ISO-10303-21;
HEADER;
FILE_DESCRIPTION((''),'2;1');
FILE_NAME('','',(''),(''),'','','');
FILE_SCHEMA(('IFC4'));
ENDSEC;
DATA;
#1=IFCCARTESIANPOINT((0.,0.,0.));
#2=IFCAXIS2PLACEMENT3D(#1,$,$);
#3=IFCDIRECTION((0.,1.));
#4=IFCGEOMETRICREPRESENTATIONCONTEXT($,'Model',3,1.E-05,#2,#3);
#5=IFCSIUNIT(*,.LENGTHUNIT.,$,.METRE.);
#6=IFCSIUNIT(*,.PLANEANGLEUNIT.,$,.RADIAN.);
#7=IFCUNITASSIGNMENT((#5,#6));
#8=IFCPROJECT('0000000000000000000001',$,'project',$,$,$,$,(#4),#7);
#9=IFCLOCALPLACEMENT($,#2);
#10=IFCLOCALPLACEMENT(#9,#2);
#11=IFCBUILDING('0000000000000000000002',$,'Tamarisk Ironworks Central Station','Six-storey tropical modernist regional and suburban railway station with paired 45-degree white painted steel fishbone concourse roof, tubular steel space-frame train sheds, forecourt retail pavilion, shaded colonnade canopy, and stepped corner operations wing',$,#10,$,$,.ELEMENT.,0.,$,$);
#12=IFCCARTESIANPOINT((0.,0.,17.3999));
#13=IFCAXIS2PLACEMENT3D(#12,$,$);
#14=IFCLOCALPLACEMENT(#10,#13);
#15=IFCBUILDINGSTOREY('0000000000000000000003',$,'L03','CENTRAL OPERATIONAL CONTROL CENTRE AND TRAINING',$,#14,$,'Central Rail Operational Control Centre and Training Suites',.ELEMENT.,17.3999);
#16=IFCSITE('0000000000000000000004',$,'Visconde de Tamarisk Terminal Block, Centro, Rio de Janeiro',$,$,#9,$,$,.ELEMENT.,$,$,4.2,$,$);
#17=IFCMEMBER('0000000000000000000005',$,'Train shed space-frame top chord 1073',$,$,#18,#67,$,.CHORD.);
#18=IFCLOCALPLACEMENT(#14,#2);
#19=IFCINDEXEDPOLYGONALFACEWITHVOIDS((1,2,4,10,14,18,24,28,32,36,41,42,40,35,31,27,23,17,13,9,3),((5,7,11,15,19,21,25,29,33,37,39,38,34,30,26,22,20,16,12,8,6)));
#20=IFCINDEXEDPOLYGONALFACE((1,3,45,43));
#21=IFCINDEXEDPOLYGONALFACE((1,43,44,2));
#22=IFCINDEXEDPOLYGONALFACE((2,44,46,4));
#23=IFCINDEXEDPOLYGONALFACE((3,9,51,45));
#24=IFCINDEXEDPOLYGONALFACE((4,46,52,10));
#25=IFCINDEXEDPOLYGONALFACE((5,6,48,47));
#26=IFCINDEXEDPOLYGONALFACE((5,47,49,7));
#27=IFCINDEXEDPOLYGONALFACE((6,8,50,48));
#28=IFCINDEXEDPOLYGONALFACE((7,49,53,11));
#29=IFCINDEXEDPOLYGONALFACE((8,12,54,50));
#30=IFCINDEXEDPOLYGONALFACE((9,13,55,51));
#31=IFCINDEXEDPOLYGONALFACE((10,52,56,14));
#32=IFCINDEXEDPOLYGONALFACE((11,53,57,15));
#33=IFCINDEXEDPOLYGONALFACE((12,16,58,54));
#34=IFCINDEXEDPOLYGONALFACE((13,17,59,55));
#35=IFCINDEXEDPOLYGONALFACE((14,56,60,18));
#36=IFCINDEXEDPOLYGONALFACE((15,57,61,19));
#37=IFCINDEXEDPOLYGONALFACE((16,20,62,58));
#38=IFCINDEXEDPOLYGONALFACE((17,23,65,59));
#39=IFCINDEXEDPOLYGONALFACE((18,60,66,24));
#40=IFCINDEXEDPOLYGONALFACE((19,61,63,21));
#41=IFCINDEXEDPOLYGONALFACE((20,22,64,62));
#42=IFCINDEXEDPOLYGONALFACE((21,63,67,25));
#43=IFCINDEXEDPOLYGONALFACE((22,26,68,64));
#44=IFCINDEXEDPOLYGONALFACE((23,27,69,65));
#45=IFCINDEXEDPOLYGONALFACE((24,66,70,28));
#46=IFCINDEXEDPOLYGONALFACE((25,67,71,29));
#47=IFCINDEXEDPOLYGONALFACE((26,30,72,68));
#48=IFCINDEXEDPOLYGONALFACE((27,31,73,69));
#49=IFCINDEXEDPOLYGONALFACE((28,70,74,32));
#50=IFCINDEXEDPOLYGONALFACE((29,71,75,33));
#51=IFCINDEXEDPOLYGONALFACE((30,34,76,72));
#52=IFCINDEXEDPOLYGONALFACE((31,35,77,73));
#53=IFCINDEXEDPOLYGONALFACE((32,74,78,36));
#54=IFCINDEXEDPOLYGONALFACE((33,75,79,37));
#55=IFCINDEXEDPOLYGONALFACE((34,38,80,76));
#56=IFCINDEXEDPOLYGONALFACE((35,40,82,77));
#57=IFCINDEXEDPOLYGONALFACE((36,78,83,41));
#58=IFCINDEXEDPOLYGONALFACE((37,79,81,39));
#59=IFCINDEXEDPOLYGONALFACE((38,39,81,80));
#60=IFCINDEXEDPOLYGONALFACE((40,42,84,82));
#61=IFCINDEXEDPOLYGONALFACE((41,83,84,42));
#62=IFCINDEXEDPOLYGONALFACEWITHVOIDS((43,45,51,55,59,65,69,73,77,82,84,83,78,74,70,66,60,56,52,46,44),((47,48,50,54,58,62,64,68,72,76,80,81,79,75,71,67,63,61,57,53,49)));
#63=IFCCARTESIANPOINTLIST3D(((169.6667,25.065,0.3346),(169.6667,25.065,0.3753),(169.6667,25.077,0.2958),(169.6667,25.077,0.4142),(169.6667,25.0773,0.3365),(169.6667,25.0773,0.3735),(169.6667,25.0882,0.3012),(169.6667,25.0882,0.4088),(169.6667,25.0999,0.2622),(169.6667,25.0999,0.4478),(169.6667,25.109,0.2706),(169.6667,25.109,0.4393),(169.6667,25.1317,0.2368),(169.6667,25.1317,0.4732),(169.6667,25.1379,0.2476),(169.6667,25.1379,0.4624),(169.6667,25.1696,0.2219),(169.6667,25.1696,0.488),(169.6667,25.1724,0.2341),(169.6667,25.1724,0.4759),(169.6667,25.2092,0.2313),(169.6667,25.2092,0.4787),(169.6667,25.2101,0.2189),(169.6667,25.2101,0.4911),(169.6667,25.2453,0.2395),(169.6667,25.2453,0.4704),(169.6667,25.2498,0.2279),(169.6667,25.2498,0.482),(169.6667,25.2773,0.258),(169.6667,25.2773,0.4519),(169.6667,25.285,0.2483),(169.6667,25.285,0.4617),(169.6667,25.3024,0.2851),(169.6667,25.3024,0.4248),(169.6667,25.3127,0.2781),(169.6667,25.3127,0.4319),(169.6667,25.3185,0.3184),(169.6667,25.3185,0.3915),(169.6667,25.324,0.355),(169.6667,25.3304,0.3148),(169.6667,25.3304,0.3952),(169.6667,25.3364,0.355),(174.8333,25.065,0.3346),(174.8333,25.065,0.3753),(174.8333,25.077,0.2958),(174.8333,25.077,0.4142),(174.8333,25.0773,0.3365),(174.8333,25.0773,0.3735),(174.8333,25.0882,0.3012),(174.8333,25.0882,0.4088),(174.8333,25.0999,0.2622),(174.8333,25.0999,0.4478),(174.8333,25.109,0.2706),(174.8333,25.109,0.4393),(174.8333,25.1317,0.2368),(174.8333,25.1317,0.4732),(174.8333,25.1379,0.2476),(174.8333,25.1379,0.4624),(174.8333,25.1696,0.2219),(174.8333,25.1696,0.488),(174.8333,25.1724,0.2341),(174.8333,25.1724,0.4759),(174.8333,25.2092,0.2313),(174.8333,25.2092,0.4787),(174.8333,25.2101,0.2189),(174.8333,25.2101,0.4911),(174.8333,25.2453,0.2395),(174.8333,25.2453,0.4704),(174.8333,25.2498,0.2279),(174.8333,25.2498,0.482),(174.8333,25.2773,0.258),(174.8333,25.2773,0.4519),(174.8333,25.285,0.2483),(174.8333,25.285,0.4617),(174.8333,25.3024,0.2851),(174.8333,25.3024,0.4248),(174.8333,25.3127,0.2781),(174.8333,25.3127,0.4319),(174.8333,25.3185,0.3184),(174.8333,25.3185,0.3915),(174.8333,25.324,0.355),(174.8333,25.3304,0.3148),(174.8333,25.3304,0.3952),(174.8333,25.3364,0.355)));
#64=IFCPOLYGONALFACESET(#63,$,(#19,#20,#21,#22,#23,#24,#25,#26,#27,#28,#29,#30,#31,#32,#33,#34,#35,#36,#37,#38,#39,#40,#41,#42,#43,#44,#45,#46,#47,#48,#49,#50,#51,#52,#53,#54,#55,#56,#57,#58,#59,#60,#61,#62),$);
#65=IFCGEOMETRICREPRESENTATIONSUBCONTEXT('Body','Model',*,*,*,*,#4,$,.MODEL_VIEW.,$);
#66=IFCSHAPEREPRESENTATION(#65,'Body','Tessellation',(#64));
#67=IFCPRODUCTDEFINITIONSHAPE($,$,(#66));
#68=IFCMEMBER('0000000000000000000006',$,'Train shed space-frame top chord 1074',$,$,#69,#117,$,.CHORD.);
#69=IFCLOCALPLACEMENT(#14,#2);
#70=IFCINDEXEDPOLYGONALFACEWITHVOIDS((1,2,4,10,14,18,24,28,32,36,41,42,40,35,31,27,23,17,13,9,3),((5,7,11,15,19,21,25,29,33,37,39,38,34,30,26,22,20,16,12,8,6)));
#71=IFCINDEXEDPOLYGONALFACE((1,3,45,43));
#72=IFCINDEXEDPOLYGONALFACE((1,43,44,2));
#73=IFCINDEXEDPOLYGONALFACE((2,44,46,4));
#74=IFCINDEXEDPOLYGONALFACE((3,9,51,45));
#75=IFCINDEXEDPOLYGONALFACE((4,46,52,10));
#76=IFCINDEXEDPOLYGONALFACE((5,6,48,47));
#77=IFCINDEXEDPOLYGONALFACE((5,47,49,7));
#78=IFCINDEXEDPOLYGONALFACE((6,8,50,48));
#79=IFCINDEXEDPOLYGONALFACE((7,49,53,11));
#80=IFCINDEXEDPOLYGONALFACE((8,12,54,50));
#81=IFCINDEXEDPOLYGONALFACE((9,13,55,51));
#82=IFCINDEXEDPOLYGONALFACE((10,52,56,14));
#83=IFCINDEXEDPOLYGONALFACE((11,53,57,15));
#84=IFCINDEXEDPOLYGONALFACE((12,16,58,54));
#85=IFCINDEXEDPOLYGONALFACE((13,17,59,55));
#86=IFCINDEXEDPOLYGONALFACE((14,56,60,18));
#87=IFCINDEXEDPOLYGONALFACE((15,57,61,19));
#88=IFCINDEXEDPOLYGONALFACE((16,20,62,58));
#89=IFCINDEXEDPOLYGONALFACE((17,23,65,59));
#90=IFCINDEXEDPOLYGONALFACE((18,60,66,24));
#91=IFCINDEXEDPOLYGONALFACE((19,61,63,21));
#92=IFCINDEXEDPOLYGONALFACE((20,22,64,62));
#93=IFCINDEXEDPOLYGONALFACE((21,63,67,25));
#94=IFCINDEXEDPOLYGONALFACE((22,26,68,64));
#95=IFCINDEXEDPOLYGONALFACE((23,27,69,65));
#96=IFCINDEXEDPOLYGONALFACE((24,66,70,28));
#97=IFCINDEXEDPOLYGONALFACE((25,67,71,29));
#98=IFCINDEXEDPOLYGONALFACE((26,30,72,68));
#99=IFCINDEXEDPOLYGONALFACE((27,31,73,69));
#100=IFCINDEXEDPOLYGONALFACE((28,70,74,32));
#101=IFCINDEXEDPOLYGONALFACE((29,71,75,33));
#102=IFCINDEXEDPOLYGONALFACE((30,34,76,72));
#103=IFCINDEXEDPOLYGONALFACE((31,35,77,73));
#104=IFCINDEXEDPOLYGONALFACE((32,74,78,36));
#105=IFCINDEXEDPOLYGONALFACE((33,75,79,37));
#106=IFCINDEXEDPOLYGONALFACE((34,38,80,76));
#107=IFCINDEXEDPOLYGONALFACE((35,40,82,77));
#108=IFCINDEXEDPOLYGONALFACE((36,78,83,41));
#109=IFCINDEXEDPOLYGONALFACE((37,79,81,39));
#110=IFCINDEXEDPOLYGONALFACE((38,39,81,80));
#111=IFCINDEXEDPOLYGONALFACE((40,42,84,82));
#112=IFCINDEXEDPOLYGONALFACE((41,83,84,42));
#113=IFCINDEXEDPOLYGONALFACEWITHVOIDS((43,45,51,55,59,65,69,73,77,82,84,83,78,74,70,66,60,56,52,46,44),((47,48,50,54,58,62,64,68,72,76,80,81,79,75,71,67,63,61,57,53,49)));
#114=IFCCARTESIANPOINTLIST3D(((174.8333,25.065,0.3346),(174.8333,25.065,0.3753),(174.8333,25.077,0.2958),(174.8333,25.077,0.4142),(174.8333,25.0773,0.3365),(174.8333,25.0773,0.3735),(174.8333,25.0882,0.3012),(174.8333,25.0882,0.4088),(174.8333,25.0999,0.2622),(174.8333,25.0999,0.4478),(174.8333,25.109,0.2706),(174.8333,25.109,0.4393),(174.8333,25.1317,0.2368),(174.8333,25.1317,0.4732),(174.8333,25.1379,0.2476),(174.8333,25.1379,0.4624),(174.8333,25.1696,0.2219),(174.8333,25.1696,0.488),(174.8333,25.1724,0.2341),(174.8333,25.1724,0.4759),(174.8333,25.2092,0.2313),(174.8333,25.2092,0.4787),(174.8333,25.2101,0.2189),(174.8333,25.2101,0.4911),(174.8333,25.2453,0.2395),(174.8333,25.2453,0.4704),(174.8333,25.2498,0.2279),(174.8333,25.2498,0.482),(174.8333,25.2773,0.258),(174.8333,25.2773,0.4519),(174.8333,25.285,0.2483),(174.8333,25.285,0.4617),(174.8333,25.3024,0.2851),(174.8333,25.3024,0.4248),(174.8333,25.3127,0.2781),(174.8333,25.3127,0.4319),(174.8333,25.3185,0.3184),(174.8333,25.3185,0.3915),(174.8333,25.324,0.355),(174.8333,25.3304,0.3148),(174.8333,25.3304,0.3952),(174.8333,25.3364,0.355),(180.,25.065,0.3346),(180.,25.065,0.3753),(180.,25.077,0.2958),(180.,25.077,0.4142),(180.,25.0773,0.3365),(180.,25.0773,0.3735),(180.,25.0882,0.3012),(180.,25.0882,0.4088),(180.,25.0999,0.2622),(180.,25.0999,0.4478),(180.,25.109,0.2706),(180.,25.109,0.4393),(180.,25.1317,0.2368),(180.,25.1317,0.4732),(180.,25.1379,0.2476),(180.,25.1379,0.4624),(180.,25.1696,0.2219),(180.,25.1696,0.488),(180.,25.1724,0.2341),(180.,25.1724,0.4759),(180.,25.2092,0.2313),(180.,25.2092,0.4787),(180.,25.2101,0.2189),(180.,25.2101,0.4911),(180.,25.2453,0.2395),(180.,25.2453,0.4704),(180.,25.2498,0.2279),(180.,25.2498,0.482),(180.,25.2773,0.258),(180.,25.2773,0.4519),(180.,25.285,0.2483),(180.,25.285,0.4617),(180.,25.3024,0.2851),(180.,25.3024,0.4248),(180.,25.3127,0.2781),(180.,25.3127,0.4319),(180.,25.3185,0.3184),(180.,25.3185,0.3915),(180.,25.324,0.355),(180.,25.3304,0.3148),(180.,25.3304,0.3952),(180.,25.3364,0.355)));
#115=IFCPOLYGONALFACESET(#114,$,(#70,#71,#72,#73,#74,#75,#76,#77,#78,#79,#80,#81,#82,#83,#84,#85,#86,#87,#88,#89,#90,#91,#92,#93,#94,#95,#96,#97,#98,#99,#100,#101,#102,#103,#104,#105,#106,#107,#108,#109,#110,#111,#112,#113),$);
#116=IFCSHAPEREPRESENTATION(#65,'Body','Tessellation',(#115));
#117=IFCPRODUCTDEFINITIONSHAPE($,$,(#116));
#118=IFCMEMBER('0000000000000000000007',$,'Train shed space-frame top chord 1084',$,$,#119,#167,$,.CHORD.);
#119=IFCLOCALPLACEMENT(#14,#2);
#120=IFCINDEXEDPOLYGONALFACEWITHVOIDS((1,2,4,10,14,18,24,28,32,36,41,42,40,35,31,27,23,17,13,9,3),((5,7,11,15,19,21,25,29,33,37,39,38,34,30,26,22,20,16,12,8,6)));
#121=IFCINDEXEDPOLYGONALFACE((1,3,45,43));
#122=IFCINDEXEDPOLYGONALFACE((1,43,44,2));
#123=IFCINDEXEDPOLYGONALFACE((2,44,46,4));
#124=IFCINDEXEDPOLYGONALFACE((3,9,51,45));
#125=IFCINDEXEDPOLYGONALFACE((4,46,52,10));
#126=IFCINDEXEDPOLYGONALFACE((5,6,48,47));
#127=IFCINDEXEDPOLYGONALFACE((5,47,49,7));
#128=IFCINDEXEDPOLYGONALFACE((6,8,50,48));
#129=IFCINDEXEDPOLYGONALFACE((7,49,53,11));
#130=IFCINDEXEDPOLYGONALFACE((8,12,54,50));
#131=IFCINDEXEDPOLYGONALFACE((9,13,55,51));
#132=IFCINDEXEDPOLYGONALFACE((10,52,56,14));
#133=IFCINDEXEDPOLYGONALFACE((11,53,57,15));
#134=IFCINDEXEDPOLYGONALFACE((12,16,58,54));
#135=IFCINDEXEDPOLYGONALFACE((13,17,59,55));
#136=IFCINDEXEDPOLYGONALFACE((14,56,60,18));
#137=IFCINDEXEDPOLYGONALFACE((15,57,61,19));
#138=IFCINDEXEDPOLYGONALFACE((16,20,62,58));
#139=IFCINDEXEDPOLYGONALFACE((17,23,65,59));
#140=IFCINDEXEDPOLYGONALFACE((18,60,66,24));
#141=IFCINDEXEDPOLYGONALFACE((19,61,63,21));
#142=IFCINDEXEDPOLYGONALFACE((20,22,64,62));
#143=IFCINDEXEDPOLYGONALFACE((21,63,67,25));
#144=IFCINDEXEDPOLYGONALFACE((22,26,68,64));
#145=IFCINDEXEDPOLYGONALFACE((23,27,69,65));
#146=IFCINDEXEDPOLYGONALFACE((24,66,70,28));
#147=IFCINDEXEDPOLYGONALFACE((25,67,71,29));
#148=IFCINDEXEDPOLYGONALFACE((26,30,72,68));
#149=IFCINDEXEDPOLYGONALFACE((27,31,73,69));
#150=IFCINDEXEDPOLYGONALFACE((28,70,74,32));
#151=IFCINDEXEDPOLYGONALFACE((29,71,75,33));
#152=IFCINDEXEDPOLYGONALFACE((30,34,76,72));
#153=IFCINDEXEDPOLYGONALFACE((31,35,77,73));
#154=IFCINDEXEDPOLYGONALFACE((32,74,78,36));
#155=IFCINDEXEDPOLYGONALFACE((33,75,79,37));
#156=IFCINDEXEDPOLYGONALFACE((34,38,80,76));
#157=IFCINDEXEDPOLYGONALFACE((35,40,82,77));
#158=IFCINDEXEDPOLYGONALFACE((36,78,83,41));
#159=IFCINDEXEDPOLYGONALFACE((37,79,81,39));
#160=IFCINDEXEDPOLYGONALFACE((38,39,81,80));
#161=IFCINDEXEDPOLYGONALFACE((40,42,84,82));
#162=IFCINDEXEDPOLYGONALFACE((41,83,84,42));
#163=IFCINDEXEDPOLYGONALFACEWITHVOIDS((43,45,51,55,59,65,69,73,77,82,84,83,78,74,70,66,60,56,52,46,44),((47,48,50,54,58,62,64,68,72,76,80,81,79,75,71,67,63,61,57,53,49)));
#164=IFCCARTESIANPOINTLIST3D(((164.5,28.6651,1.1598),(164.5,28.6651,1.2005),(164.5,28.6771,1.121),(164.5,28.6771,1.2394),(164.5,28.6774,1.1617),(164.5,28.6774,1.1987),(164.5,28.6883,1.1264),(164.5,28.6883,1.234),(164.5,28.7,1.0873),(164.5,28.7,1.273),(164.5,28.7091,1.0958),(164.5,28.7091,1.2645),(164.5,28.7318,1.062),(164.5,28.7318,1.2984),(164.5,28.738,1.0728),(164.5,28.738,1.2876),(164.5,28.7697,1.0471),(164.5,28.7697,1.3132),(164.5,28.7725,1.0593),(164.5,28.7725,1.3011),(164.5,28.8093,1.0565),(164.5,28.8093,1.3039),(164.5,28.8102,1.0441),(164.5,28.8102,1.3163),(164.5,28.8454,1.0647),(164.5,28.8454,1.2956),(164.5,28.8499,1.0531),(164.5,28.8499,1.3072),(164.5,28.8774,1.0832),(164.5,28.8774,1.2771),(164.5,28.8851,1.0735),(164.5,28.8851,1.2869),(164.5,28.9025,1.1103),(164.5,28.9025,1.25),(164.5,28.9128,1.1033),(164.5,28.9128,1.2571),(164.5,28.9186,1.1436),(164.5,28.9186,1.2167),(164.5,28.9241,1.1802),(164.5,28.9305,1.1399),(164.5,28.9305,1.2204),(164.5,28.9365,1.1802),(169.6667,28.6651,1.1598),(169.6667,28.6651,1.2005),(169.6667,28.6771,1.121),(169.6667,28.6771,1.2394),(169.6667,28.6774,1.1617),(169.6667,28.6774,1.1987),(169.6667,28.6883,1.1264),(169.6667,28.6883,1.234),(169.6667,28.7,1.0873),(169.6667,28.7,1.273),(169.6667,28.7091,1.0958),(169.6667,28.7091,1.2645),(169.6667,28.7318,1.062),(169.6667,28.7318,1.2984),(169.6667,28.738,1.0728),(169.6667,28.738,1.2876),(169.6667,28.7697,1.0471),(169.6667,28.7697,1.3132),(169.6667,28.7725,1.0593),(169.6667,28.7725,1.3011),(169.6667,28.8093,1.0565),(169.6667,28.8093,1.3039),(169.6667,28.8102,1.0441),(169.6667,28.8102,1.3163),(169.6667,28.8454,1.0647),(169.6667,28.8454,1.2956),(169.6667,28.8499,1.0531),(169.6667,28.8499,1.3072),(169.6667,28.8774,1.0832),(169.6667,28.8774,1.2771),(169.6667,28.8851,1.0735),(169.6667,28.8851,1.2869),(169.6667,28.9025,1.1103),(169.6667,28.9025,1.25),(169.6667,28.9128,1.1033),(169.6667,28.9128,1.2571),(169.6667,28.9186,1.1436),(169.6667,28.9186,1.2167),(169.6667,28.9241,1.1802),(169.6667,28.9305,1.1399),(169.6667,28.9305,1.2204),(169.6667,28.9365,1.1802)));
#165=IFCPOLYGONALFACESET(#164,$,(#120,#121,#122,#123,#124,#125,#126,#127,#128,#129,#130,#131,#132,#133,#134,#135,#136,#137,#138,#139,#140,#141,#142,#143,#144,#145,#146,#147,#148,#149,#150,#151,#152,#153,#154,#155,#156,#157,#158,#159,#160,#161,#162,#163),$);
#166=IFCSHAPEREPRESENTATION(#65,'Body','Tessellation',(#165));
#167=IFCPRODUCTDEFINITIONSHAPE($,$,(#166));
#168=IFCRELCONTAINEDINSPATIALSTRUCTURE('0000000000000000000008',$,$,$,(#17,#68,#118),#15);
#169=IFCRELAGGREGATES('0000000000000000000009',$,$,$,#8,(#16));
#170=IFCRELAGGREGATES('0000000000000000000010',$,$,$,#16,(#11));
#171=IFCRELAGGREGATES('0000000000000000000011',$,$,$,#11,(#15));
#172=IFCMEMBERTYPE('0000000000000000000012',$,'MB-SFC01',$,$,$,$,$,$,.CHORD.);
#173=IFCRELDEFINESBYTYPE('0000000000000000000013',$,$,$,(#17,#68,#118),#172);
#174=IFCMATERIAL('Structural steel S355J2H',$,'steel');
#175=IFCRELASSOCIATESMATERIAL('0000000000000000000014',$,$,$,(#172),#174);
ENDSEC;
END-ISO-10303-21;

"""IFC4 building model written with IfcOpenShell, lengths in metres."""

from ifc_helpers import new_model, si_unit, direction, frame, origin, origin_2d, place, context, subcontext, project, spatial, hollow_circle, extrude, material, material_profile, profile_set, type_object, element, save


model = new_model("IFC4")

# Units and contexts
model_context = context("Model", 3, precision=1e-05, world=origin(), true_north=direction((0.0, 1.0)))
body_context = subcontext(model_context, "Body", "Model", "MODEL_VIEW")
ifc_project = project(units=[si_unit("LENGTHUNIT", "METRE"), si_unit("PLANEANGLEUNIT", "RADIAN")], contexts=[model_context])

# Site, building, storey
site_placement = place(None, origin())
site = spatial("IfcSite", under=ifc_project, at=site_placement, Name="Visconde de Tamarisk Terminal Block, Centro, Rio de Janeiro", CompositionType="ELEMENT", RefElevation=4.2)
building_placement = place(site_placement, origin())
building = spatial("IfcBuilding", under=site, at=building_placement, Name="Tamarisk Ironworks Central Station", Description="Six-storey tropical modernist regional and suburban railway station with paired 45-degree white painted steel fishbone concourse roof, tubular steel space-frame train sheds, forecourt retail pavilion, shaded colonnade canopy, and stepped corner operations wing", CompositionType="ELEMENT", ElevationOfRefHeight=0.0)
storey_placement = place(building_placement, frame((0.0, 0.0, 17.3999)))
storey = spatial("IfcBuildingStorey", under=building, at=storey_placement, Name="L03", Description="CENTRAL OPERATIONAL CONTROL CENTRE AND TRAINING", LongName="Central Rail Operational Control Centre and Training Suites", CompositionType="ELEMENT", Elevation=17.3999)

# Members
ifc_material = material(Name="Structural steel S355J2H", Category="steel")
ifc_material_profile_1 = material_profile(ifc_material, hollow_circle(Radius=0.1365, WallThickness=0.0125, at=origin_2d()), Name="CHS 273x12.5")
ifc_profile_set_1 = profile_set([ifc_material_profile_1], Name="Structural steel S355J2H")
member_type_1 = type_object("IfcMemberType", Name="MB-SFC01", PredefinedType="CHORD", material=ifc_profile_set_1)
member_1_placement = place(storey_placement, frame((169.6667, 25.2, 0.355), z_axis=(1.0, 0.0, 0.0), x_axis=(0.0, 1.0, 0.0)))
element("IfcMember", 1, at=member_1_placement, inside=storey, type_object=member_type_1, Name="Train shed space-frame top chord 1073", PredefinedType="CHORD", context=body_context, shape_type="SweptSolid", body=[
    extrude(hollow_circle(Radius=0.1365, WallThickness=0.0125, at=origin_2d()), origin(), (0.0, 0.0, 1.0), 5.1665),
])
for number, where, z_axis, x_axis, name in (
    (2, (174.8333, 25.2, 0.355), (1.0, 0.0, 0.0), (0.0, 1.0, 0.0), "Train shed space-frame top chord 1074"),
    (3, (164.5, 28.8, 1.1802), (1.0, 0.0, 0.0), (0.0, 1.0, 0.0), "Train shed space-frame top chord 1084"),
):
    element("IfcMember", number, at=place(storey_placement, frame(where, z_axis=z_axis, x_axis=x_axis)), inside=storey, type_object=member_type_1, Name=name, PredefinedType="CHORD", context=body_context, shape_type="SweptSolid", body=[
        extrude(hollow_circle(Radius=0.1365, WallThickness=0.0125, at=origin_2d()), origin(), (0.0, 0.0, 1.0), 5.1667),
    ])

save(model, "model.ifc")
